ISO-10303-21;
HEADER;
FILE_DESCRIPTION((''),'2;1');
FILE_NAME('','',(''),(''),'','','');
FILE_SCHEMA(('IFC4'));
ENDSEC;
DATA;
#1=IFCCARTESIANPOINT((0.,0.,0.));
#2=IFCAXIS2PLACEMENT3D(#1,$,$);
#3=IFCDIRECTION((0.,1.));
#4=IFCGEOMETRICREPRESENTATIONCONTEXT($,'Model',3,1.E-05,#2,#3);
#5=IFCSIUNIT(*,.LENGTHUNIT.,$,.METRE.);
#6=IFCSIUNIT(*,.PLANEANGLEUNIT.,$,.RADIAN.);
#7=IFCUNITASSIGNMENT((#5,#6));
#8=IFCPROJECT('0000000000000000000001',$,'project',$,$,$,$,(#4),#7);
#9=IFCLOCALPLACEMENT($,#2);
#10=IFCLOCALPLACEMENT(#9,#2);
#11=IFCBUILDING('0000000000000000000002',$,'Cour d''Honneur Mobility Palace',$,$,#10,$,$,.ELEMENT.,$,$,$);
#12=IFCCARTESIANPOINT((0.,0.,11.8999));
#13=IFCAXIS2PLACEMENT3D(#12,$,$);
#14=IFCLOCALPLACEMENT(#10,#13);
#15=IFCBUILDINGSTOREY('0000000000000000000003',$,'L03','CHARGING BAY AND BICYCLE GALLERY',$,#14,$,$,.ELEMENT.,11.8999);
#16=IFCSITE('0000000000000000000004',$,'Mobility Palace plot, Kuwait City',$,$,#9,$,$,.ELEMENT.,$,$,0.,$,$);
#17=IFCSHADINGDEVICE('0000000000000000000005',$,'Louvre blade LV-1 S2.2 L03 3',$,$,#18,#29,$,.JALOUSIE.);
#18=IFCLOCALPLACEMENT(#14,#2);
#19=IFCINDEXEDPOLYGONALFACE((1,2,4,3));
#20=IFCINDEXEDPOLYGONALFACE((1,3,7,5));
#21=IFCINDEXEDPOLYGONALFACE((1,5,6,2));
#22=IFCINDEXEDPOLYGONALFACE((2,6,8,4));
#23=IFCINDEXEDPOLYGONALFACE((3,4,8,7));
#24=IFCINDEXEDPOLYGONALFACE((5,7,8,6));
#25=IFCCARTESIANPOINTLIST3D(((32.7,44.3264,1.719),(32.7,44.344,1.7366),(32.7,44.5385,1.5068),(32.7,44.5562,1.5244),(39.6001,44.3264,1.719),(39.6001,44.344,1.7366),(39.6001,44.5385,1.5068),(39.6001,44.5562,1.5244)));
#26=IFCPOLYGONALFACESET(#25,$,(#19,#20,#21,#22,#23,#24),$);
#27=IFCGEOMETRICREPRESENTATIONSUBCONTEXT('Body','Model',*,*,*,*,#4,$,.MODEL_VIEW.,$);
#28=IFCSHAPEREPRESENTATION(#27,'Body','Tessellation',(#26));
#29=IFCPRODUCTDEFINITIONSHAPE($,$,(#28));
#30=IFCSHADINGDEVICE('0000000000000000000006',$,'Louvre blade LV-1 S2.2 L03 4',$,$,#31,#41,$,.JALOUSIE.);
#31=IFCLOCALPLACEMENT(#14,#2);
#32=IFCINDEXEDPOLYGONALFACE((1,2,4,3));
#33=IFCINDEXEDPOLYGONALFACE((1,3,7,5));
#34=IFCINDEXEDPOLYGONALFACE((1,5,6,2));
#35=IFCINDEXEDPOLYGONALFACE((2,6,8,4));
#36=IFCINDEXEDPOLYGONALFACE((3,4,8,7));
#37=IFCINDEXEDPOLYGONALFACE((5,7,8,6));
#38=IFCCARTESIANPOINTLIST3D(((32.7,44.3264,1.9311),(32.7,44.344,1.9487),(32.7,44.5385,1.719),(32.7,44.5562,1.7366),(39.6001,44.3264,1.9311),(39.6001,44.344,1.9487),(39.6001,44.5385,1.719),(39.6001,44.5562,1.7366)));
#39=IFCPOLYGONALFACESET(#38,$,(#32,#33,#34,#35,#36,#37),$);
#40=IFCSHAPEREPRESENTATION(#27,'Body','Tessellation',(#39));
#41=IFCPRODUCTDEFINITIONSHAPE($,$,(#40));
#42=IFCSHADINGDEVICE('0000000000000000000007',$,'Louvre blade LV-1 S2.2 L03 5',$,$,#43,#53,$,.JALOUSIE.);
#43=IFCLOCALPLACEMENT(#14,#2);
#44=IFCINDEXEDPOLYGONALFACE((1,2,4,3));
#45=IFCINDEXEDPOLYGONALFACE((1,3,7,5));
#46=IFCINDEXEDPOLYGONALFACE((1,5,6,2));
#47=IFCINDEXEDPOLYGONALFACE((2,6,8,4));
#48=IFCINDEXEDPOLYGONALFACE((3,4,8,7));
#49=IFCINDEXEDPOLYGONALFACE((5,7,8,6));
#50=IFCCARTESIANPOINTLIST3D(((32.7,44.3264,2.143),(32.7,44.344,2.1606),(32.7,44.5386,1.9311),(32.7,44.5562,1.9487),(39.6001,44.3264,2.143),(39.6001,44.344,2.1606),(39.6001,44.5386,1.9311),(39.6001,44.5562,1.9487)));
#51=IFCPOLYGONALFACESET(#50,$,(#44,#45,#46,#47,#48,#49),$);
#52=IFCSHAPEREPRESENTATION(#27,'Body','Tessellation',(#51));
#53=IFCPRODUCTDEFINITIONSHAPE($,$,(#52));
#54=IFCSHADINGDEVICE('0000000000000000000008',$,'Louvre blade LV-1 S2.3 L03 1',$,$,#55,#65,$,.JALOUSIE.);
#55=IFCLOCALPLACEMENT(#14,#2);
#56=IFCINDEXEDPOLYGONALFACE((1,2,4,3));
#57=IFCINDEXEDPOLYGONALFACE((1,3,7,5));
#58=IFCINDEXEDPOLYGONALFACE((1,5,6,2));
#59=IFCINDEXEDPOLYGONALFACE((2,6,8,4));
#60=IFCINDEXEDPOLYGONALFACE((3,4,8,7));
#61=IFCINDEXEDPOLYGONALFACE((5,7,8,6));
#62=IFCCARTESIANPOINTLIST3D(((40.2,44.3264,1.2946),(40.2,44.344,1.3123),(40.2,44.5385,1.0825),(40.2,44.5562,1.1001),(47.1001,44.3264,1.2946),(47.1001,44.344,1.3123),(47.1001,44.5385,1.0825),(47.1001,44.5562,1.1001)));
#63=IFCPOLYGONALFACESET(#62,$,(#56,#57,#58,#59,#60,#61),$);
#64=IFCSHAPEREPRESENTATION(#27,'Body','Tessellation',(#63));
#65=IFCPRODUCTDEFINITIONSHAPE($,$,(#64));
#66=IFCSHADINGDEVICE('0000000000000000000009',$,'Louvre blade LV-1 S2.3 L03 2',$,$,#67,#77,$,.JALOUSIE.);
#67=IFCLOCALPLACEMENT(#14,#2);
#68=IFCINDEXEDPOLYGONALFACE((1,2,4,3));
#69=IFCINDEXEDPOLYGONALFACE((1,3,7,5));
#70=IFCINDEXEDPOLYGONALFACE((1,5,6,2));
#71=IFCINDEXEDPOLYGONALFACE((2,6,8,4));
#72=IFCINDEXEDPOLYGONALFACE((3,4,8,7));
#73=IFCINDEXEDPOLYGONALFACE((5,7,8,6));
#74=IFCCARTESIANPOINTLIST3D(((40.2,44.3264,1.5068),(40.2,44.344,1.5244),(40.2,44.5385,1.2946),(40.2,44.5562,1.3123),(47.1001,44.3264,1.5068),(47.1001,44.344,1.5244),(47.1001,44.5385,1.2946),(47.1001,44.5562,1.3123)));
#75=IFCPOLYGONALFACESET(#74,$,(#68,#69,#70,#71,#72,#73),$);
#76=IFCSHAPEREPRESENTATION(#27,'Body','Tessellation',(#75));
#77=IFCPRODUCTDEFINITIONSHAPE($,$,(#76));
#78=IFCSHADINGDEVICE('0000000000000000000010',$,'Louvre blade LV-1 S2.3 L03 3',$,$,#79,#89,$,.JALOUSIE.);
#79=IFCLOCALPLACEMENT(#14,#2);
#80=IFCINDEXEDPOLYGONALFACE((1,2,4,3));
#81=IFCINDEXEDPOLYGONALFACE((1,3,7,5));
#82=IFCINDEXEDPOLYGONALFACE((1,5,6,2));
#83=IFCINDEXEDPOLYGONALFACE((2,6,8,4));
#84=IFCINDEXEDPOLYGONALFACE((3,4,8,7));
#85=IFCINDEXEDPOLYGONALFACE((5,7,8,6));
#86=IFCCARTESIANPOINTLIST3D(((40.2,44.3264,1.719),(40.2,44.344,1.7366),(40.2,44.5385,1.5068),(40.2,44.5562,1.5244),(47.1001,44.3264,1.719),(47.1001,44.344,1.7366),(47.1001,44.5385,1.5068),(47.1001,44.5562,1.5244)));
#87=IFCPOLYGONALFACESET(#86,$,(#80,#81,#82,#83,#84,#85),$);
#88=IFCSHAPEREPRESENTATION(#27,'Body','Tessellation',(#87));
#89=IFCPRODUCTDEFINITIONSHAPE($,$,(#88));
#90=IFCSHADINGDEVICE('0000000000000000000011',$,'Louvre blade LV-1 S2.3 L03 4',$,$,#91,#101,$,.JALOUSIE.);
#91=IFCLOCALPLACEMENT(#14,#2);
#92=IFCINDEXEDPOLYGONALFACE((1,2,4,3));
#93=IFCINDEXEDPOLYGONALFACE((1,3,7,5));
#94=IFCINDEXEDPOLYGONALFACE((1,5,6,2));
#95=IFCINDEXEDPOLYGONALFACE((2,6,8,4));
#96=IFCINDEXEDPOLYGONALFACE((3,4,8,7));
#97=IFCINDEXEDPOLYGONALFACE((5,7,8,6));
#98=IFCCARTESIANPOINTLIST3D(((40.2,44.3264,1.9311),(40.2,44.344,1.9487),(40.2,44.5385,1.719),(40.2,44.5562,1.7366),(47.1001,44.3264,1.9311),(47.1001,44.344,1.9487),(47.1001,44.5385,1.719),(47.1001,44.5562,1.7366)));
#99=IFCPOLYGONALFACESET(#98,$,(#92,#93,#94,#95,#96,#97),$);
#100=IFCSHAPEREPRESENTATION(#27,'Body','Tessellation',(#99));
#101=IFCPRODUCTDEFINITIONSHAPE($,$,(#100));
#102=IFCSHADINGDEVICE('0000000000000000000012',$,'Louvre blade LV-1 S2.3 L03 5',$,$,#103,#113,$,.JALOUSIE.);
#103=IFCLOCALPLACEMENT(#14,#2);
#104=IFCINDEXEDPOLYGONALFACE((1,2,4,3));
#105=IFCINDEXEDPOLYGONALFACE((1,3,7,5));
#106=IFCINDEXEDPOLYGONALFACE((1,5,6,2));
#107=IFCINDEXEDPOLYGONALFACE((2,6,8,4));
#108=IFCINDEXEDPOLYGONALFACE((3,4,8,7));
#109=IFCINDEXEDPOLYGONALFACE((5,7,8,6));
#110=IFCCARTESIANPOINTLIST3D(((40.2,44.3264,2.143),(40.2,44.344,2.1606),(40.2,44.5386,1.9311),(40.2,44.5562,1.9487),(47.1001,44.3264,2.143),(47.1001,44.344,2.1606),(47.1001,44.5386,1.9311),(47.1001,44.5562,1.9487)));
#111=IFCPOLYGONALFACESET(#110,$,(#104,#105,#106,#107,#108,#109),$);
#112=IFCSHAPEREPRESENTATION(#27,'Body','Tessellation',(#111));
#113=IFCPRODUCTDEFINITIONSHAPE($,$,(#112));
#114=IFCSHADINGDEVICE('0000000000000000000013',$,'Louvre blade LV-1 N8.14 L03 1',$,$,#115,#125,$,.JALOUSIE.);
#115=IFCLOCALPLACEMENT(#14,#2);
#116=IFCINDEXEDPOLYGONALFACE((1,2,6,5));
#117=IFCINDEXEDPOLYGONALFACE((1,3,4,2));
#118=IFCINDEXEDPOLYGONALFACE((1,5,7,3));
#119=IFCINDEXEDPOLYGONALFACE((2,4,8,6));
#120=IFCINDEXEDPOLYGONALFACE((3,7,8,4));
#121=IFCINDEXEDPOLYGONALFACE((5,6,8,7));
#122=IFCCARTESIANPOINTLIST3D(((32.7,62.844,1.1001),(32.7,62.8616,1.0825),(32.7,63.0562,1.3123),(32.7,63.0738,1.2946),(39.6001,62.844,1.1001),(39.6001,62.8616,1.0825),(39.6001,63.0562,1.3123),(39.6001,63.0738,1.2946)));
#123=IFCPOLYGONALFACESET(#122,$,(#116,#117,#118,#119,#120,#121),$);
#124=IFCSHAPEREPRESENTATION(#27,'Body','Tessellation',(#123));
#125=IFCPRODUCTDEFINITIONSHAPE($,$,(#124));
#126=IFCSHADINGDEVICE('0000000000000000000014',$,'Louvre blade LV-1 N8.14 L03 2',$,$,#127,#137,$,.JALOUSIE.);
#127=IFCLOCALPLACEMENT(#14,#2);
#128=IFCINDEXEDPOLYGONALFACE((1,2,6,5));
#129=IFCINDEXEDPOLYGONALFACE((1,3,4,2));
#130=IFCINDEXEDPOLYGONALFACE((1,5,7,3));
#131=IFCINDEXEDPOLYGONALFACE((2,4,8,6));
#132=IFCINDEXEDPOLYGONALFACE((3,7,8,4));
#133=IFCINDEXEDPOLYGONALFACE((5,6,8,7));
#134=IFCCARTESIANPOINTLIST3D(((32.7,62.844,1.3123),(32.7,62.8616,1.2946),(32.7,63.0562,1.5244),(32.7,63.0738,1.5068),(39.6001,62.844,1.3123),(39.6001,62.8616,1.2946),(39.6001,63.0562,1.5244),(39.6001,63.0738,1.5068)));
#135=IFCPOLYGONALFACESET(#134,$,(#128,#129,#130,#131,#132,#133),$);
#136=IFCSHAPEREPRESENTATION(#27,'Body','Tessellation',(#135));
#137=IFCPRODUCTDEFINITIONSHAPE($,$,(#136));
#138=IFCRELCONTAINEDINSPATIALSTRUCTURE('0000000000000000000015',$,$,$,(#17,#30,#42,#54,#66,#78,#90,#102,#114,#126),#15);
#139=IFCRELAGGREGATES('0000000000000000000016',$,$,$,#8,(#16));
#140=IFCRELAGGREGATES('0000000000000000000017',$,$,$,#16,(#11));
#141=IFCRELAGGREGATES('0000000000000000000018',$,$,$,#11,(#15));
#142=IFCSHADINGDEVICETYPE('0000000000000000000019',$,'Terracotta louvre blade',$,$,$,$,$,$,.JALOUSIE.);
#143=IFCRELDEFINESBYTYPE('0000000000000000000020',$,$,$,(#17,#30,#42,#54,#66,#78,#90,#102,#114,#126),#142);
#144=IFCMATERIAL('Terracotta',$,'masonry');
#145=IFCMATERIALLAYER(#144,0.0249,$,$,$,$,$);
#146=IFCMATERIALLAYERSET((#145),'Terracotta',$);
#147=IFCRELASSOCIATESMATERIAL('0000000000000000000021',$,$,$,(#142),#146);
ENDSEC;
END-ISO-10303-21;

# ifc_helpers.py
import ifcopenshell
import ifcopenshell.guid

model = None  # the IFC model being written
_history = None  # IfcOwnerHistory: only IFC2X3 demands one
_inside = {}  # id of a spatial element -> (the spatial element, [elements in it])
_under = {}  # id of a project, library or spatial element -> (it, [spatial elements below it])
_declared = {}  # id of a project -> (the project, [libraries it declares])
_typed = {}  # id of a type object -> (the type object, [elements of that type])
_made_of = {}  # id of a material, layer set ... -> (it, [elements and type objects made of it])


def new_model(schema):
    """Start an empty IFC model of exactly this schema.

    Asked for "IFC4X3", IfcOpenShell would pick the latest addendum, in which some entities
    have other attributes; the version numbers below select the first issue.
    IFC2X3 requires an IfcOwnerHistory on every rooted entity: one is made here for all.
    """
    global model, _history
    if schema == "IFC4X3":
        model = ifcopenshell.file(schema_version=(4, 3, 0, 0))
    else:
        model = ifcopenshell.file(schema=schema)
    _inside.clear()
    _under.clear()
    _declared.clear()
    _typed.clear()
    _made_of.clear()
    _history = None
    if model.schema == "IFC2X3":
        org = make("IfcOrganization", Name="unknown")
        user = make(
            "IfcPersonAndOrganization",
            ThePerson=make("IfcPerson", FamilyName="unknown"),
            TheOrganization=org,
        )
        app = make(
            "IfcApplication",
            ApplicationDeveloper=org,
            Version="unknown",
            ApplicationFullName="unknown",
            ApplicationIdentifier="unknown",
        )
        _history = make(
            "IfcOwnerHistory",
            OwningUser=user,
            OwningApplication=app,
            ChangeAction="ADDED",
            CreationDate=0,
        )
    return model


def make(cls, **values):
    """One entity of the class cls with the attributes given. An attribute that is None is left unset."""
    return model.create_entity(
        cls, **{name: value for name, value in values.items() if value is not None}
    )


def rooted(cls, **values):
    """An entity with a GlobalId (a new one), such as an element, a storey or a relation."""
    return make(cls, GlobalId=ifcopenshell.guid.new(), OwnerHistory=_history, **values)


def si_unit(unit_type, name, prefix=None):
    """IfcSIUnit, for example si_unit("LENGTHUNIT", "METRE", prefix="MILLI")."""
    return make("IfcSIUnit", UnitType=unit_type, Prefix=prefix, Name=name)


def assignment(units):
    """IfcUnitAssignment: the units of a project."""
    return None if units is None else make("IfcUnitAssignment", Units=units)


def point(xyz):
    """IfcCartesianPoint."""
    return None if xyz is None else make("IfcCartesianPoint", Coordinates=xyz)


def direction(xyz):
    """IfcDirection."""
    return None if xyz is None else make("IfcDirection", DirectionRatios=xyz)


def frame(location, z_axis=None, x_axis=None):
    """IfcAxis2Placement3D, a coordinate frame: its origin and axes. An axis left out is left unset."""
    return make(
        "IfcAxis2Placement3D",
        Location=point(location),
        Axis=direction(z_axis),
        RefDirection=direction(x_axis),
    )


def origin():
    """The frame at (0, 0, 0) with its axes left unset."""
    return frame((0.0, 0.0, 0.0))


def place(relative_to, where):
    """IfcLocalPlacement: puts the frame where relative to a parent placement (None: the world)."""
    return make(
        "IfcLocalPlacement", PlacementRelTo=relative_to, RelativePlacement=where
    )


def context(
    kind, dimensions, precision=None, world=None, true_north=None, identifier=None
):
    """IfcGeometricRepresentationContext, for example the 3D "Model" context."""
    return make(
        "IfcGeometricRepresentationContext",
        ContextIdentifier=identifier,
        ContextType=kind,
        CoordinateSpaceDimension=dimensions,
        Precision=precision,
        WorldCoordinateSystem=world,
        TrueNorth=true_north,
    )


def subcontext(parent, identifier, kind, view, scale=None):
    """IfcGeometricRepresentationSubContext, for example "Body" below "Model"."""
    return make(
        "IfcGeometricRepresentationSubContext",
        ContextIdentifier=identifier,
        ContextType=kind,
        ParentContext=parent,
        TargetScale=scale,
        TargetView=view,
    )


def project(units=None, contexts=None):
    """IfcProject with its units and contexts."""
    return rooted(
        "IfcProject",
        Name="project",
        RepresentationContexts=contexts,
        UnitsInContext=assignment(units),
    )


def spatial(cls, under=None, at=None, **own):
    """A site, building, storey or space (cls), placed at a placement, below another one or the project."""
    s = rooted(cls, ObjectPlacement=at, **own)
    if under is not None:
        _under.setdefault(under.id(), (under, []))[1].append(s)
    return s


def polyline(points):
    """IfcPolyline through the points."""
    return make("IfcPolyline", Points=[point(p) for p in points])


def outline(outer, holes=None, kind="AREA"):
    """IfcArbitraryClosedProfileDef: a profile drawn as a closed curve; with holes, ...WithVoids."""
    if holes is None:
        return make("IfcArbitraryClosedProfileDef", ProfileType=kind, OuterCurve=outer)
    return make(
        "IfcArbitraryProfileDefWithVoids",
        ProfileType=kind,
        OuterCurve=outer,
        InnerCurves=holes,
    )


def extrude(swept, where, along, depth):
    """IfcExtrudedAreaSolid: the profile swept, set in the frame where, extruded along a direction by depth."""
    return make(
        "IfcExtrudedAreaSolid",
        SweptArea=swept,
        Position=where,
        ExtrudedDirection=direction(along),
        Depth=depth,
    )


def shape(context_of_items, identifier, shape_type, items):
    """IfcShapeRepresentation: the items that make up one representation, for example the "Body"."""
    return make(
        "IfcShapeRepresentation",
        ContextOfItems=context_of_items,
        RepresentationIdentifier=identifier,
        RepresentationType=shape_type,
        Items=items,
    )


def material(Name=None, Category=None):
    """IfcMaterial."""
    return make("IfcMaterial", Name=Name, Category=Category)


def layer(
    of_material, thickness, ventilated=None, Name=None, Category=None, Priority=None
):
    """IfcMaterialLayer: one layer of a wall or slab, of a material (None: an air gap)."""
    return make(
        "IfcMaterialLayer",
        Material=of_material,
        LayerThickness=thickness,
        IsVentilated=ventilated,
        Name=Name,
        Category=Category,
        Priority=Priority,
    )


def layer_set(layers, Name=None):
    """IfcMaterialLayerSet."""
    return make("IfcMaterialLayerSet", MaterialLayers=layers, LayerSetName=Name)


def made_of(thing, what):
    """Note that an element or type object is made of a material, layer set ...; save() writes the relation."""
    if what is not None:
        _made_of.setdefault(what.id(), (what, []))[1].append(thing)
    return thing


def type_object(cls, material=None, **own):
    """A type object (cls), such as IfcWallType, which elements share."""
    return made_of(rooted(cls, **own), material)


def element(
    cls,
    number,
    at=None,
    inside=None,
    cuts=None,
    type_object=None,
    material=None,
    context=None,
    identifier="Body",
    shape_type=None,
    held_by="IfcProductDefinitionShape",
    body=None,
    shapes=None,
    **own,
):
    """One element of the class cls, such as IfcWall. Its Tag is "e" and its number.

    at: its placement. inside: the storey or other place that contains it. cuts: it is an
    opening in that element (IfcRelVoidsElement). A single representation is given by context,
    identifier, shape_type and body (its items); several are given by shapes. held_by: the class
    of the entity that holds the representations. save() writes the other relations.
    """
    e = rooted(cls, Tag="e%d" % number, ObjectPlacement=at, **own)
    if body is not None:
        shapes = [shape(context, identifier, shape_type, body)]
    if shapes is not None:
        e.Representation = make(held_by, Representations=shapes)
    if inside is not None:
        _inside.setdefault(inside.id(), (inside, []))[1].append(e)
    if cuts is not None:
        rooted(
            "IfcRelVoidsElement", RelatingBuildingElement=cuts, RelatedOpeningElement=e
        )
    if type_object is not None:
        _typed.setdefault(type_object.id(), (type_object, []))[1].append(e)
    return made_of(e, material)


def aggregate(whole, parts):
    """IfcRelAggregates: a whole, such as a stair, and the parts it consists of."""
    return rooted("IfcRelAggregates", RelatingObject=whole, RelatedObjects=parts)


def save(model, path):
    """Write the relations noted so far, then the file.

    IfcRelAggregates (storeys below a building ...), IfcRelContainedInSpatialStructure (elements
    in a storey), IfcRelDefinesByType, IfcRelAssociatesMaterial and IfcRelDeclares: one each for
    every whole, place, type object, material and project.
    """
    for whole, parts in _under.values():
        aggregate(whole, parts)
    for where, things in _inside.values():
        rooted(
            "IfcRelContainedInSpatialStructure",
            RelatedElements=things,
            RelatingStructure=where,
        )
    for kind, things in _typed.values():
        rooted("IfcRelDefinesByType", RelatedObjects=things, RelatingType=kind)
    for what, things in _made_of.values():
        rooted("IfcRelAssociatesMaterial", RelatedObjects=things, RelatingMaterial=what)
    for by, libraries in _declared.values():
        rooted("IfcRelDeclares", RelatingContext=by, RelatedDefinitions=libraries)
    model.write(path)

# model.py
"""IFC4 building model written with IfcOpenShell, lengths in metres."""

from ifc_helpers import new_model, si_unit, direction, frame, origin, place, context, subcontext, project, spatial, polyline, outline, extrude, material, layer, layer_set, type_object, element, save


model = new_model("IFC4")

# Units and contexts
model_context = context("Model", 3, precision=1e-05, world=origin(), true_north=direction((0.0, 1.0)))
body_context = subcontext(model_context, "Body", "Model", "MODEL_VIEW")
ifc_project = project(units=[si_unit("LENGTHUNIT", "METRE"), si_unit("PLANEANGLEUNIT", "RADIAN")], contexts=[model_context])

# Site, building, storey
site_placement = place(None, origin())
site = spatial("IfcSite", under=ifc_project, at=site_placement, Name="Mobility Palace plot, Kuwait City", CompositionType="ELEMENT", RefElevation=0.0)
building_placement = place(site_placement, origin())
building = spatial("IfcBuilding", under=site, at=building_placement, Name="Cour d'Honneur Mobility Palace", CompositionType="ELEMENT")
storey_placement = place(building_placement, frame((0.0, 0.0, 11.8999)))
storey = spatial("IfcBuildingStorey", under=building, at=storey_placement, Name="L03", Description="CHARGING BAY AND BICYCLE GALLERY", CompositionType="ELEMENT", Elevation=11.8999)

# Shading devices
ifc_material_1 = material(Name="Terracotta", Category="masonry")
ifc_layer_1 = layer(ifc_material_1, 0.0249)
ifc_layer_set_1 = layer_set([ifc_layer_1], Name="Terracotta")
shading_device_type = type_object("IfcShadingDeviceType", Name="Terracotta louvre blade", PredefinedType="JALOUSIE", material=ifc_layer_set_1)
for number, where, z_axis, x_axis, name in (
    (1, (32.7, 44.5562, 1.5244), (0.0, 0.707107, 0.707107), (1.0, 0.0, 0.0), "Louvre blade LV-1 S2.2 L03 3"),
    (2, (32.7, 44.5562, 1.7366), (0.0, 0.707107, 0.707107), (1.0, 0.0, 0.0), "Louvre blade LV-1 S2.2 L03 4"),
):
    element("IfcShadingDevice", number, at=place(storey_placement, frame(where, z_axis=z_axis, x_axis=x_axis)), inside=storey, type_object=shading_device_type, Name=name, PredefinedType="JALOUSIE", context=body_context, shape_type="SweptSolid", body=[
        extrude(outline(polyline([(0.0, 0.0), (6.9001, 0.0), (6.9001, -0.3), (0.0, -0.3), (0.0, 0.0)])), origin(), (0.0, 0.0, -1.0), 0.0249),
    ])
shading_device_1_placement = place(storey_placement, frame((32.7, 44.5562, 1.9487), z_axis=(0.0, 0.7067, 0.707514), x_axis=(1.0, 0.0, 0.0)))
element("IfcShadingDevice", 3, at=shading_device_1_placement, inside=storey, type_object=shading_device_type, Name="Louvre blade LV-1 S2.2 L03 5", PredefinedType="JALOUSIE", context=body_context, shape_type="SweptSolid", body=[
    extrude(outline(polyline([(0.0, 0.0), (6.9001, 0.0), (6.9001, -0.2999), (0.0, -0.2999), (0.0, 0.0)])), origin(), (0.0, 0.0, -1.0), 0.0249),
])
for number, where, z_axis, x_axis, name in (
    (4, (40.2, 44.5562, 1.1001), (0.0, 0.707107, 0.707107), (1.0, 0.0, 0.0), "Louvre blade LV-1 S2.3 L03 1"),
    (5, (40.2, 44.5562, 1.3123), (0.0, 0.707107, 0.707107), (1.0, 0.0, 0.0), "Louvre blade LV-1 S2.3 L03 2"),
    (6, (40.2, 44.5562, 1.5244), (0.0, 0.707107, 0.707107), (1.0, 0.0, 0.0), "Louvre blade LV-1 S2.3 L03 3"),
    (7, (40.2, 44.5562, 1.7366), (0.0, 0.707107, 0.707107), (1.0, 0.0, 0.0), "Louvre blade LV-1 S2.3 L03 4"),
):
    element("IfcShadingDevice", number, at=place(storey_placement, frame(where, z_axis=z_axis, x_axis=x_axis)), inside=storey, type_object=shading_device_type, Name=name, PredefinedType="JALOUSIE", context=body_context, shape_type="SweptSolid", body=[
        extrude(outline(polyline([(0.0, 0.0), (6.9001, 0.0), (6.9001, -0.3), (0.0, -0.3), (0.0, 0.0)])), origin(), (0.0, 0.0, -1.0), 0.0249),
    ])
shading_device_2_placement = place(storey_placement, frame((40.2, 44.5562, 1.9487), z_axis=(0.0, 0.7067, 0.707514), x_axis=(1.0, 0.0, 0.0)))
element("IfcShadingDevice", 8, at=shading_device_2_placement, inside=storey, type_object=shading_device_type, Name="Louvre blade LV-1 S2.3 L03 5", PredefinedType="JALOUSIE", context=body_context, shape_type="SweptSolid", body=[
    extrude(outline(polyline([(0.0, 0.0), (6.9001, 0.0), (6.9001, -0.2999), (0.0, -0.2999), (0.0, 0.0)])), origin(), (0.0, 0.0, -1.0), 0.0249),
])
for number, where, z_axis, x_axis, name in (
    (9, (39.6001, 62.844, 1.1001), (0.0, -0.707107, 0.707107), (-1.0, 0.0, 0.0), "Louvre blade LV-1 N8.14 L03 1"),
    (10, (39.6001, 62.844, 1.3123), (0.0, -0.707107, 0.707107), (-1.0, 0.0, 0.0), "Louvre blade LV-1 N8.14 L03 2"),
):
    element("IfcShadingDevice", number, at=place(storey_placement, frame(where, z_axis=z_axis, x_axis=x_axis)), inside=storey, type_object=shading_device_type, Name=name, PredefinedType="JALOUSIE", context=body_context, shape_type="SweptSolid", body=[
        extrude(outline(polyline([(0.0, 0.0), (6.9001, 0.0), (6.9001, -0.3), (0.0, -0.3), (0.0, 0.0)])), origin(), (0.0, 0.0, -1.0), 0.0249),
    ])

save(model, "model.ifc")
